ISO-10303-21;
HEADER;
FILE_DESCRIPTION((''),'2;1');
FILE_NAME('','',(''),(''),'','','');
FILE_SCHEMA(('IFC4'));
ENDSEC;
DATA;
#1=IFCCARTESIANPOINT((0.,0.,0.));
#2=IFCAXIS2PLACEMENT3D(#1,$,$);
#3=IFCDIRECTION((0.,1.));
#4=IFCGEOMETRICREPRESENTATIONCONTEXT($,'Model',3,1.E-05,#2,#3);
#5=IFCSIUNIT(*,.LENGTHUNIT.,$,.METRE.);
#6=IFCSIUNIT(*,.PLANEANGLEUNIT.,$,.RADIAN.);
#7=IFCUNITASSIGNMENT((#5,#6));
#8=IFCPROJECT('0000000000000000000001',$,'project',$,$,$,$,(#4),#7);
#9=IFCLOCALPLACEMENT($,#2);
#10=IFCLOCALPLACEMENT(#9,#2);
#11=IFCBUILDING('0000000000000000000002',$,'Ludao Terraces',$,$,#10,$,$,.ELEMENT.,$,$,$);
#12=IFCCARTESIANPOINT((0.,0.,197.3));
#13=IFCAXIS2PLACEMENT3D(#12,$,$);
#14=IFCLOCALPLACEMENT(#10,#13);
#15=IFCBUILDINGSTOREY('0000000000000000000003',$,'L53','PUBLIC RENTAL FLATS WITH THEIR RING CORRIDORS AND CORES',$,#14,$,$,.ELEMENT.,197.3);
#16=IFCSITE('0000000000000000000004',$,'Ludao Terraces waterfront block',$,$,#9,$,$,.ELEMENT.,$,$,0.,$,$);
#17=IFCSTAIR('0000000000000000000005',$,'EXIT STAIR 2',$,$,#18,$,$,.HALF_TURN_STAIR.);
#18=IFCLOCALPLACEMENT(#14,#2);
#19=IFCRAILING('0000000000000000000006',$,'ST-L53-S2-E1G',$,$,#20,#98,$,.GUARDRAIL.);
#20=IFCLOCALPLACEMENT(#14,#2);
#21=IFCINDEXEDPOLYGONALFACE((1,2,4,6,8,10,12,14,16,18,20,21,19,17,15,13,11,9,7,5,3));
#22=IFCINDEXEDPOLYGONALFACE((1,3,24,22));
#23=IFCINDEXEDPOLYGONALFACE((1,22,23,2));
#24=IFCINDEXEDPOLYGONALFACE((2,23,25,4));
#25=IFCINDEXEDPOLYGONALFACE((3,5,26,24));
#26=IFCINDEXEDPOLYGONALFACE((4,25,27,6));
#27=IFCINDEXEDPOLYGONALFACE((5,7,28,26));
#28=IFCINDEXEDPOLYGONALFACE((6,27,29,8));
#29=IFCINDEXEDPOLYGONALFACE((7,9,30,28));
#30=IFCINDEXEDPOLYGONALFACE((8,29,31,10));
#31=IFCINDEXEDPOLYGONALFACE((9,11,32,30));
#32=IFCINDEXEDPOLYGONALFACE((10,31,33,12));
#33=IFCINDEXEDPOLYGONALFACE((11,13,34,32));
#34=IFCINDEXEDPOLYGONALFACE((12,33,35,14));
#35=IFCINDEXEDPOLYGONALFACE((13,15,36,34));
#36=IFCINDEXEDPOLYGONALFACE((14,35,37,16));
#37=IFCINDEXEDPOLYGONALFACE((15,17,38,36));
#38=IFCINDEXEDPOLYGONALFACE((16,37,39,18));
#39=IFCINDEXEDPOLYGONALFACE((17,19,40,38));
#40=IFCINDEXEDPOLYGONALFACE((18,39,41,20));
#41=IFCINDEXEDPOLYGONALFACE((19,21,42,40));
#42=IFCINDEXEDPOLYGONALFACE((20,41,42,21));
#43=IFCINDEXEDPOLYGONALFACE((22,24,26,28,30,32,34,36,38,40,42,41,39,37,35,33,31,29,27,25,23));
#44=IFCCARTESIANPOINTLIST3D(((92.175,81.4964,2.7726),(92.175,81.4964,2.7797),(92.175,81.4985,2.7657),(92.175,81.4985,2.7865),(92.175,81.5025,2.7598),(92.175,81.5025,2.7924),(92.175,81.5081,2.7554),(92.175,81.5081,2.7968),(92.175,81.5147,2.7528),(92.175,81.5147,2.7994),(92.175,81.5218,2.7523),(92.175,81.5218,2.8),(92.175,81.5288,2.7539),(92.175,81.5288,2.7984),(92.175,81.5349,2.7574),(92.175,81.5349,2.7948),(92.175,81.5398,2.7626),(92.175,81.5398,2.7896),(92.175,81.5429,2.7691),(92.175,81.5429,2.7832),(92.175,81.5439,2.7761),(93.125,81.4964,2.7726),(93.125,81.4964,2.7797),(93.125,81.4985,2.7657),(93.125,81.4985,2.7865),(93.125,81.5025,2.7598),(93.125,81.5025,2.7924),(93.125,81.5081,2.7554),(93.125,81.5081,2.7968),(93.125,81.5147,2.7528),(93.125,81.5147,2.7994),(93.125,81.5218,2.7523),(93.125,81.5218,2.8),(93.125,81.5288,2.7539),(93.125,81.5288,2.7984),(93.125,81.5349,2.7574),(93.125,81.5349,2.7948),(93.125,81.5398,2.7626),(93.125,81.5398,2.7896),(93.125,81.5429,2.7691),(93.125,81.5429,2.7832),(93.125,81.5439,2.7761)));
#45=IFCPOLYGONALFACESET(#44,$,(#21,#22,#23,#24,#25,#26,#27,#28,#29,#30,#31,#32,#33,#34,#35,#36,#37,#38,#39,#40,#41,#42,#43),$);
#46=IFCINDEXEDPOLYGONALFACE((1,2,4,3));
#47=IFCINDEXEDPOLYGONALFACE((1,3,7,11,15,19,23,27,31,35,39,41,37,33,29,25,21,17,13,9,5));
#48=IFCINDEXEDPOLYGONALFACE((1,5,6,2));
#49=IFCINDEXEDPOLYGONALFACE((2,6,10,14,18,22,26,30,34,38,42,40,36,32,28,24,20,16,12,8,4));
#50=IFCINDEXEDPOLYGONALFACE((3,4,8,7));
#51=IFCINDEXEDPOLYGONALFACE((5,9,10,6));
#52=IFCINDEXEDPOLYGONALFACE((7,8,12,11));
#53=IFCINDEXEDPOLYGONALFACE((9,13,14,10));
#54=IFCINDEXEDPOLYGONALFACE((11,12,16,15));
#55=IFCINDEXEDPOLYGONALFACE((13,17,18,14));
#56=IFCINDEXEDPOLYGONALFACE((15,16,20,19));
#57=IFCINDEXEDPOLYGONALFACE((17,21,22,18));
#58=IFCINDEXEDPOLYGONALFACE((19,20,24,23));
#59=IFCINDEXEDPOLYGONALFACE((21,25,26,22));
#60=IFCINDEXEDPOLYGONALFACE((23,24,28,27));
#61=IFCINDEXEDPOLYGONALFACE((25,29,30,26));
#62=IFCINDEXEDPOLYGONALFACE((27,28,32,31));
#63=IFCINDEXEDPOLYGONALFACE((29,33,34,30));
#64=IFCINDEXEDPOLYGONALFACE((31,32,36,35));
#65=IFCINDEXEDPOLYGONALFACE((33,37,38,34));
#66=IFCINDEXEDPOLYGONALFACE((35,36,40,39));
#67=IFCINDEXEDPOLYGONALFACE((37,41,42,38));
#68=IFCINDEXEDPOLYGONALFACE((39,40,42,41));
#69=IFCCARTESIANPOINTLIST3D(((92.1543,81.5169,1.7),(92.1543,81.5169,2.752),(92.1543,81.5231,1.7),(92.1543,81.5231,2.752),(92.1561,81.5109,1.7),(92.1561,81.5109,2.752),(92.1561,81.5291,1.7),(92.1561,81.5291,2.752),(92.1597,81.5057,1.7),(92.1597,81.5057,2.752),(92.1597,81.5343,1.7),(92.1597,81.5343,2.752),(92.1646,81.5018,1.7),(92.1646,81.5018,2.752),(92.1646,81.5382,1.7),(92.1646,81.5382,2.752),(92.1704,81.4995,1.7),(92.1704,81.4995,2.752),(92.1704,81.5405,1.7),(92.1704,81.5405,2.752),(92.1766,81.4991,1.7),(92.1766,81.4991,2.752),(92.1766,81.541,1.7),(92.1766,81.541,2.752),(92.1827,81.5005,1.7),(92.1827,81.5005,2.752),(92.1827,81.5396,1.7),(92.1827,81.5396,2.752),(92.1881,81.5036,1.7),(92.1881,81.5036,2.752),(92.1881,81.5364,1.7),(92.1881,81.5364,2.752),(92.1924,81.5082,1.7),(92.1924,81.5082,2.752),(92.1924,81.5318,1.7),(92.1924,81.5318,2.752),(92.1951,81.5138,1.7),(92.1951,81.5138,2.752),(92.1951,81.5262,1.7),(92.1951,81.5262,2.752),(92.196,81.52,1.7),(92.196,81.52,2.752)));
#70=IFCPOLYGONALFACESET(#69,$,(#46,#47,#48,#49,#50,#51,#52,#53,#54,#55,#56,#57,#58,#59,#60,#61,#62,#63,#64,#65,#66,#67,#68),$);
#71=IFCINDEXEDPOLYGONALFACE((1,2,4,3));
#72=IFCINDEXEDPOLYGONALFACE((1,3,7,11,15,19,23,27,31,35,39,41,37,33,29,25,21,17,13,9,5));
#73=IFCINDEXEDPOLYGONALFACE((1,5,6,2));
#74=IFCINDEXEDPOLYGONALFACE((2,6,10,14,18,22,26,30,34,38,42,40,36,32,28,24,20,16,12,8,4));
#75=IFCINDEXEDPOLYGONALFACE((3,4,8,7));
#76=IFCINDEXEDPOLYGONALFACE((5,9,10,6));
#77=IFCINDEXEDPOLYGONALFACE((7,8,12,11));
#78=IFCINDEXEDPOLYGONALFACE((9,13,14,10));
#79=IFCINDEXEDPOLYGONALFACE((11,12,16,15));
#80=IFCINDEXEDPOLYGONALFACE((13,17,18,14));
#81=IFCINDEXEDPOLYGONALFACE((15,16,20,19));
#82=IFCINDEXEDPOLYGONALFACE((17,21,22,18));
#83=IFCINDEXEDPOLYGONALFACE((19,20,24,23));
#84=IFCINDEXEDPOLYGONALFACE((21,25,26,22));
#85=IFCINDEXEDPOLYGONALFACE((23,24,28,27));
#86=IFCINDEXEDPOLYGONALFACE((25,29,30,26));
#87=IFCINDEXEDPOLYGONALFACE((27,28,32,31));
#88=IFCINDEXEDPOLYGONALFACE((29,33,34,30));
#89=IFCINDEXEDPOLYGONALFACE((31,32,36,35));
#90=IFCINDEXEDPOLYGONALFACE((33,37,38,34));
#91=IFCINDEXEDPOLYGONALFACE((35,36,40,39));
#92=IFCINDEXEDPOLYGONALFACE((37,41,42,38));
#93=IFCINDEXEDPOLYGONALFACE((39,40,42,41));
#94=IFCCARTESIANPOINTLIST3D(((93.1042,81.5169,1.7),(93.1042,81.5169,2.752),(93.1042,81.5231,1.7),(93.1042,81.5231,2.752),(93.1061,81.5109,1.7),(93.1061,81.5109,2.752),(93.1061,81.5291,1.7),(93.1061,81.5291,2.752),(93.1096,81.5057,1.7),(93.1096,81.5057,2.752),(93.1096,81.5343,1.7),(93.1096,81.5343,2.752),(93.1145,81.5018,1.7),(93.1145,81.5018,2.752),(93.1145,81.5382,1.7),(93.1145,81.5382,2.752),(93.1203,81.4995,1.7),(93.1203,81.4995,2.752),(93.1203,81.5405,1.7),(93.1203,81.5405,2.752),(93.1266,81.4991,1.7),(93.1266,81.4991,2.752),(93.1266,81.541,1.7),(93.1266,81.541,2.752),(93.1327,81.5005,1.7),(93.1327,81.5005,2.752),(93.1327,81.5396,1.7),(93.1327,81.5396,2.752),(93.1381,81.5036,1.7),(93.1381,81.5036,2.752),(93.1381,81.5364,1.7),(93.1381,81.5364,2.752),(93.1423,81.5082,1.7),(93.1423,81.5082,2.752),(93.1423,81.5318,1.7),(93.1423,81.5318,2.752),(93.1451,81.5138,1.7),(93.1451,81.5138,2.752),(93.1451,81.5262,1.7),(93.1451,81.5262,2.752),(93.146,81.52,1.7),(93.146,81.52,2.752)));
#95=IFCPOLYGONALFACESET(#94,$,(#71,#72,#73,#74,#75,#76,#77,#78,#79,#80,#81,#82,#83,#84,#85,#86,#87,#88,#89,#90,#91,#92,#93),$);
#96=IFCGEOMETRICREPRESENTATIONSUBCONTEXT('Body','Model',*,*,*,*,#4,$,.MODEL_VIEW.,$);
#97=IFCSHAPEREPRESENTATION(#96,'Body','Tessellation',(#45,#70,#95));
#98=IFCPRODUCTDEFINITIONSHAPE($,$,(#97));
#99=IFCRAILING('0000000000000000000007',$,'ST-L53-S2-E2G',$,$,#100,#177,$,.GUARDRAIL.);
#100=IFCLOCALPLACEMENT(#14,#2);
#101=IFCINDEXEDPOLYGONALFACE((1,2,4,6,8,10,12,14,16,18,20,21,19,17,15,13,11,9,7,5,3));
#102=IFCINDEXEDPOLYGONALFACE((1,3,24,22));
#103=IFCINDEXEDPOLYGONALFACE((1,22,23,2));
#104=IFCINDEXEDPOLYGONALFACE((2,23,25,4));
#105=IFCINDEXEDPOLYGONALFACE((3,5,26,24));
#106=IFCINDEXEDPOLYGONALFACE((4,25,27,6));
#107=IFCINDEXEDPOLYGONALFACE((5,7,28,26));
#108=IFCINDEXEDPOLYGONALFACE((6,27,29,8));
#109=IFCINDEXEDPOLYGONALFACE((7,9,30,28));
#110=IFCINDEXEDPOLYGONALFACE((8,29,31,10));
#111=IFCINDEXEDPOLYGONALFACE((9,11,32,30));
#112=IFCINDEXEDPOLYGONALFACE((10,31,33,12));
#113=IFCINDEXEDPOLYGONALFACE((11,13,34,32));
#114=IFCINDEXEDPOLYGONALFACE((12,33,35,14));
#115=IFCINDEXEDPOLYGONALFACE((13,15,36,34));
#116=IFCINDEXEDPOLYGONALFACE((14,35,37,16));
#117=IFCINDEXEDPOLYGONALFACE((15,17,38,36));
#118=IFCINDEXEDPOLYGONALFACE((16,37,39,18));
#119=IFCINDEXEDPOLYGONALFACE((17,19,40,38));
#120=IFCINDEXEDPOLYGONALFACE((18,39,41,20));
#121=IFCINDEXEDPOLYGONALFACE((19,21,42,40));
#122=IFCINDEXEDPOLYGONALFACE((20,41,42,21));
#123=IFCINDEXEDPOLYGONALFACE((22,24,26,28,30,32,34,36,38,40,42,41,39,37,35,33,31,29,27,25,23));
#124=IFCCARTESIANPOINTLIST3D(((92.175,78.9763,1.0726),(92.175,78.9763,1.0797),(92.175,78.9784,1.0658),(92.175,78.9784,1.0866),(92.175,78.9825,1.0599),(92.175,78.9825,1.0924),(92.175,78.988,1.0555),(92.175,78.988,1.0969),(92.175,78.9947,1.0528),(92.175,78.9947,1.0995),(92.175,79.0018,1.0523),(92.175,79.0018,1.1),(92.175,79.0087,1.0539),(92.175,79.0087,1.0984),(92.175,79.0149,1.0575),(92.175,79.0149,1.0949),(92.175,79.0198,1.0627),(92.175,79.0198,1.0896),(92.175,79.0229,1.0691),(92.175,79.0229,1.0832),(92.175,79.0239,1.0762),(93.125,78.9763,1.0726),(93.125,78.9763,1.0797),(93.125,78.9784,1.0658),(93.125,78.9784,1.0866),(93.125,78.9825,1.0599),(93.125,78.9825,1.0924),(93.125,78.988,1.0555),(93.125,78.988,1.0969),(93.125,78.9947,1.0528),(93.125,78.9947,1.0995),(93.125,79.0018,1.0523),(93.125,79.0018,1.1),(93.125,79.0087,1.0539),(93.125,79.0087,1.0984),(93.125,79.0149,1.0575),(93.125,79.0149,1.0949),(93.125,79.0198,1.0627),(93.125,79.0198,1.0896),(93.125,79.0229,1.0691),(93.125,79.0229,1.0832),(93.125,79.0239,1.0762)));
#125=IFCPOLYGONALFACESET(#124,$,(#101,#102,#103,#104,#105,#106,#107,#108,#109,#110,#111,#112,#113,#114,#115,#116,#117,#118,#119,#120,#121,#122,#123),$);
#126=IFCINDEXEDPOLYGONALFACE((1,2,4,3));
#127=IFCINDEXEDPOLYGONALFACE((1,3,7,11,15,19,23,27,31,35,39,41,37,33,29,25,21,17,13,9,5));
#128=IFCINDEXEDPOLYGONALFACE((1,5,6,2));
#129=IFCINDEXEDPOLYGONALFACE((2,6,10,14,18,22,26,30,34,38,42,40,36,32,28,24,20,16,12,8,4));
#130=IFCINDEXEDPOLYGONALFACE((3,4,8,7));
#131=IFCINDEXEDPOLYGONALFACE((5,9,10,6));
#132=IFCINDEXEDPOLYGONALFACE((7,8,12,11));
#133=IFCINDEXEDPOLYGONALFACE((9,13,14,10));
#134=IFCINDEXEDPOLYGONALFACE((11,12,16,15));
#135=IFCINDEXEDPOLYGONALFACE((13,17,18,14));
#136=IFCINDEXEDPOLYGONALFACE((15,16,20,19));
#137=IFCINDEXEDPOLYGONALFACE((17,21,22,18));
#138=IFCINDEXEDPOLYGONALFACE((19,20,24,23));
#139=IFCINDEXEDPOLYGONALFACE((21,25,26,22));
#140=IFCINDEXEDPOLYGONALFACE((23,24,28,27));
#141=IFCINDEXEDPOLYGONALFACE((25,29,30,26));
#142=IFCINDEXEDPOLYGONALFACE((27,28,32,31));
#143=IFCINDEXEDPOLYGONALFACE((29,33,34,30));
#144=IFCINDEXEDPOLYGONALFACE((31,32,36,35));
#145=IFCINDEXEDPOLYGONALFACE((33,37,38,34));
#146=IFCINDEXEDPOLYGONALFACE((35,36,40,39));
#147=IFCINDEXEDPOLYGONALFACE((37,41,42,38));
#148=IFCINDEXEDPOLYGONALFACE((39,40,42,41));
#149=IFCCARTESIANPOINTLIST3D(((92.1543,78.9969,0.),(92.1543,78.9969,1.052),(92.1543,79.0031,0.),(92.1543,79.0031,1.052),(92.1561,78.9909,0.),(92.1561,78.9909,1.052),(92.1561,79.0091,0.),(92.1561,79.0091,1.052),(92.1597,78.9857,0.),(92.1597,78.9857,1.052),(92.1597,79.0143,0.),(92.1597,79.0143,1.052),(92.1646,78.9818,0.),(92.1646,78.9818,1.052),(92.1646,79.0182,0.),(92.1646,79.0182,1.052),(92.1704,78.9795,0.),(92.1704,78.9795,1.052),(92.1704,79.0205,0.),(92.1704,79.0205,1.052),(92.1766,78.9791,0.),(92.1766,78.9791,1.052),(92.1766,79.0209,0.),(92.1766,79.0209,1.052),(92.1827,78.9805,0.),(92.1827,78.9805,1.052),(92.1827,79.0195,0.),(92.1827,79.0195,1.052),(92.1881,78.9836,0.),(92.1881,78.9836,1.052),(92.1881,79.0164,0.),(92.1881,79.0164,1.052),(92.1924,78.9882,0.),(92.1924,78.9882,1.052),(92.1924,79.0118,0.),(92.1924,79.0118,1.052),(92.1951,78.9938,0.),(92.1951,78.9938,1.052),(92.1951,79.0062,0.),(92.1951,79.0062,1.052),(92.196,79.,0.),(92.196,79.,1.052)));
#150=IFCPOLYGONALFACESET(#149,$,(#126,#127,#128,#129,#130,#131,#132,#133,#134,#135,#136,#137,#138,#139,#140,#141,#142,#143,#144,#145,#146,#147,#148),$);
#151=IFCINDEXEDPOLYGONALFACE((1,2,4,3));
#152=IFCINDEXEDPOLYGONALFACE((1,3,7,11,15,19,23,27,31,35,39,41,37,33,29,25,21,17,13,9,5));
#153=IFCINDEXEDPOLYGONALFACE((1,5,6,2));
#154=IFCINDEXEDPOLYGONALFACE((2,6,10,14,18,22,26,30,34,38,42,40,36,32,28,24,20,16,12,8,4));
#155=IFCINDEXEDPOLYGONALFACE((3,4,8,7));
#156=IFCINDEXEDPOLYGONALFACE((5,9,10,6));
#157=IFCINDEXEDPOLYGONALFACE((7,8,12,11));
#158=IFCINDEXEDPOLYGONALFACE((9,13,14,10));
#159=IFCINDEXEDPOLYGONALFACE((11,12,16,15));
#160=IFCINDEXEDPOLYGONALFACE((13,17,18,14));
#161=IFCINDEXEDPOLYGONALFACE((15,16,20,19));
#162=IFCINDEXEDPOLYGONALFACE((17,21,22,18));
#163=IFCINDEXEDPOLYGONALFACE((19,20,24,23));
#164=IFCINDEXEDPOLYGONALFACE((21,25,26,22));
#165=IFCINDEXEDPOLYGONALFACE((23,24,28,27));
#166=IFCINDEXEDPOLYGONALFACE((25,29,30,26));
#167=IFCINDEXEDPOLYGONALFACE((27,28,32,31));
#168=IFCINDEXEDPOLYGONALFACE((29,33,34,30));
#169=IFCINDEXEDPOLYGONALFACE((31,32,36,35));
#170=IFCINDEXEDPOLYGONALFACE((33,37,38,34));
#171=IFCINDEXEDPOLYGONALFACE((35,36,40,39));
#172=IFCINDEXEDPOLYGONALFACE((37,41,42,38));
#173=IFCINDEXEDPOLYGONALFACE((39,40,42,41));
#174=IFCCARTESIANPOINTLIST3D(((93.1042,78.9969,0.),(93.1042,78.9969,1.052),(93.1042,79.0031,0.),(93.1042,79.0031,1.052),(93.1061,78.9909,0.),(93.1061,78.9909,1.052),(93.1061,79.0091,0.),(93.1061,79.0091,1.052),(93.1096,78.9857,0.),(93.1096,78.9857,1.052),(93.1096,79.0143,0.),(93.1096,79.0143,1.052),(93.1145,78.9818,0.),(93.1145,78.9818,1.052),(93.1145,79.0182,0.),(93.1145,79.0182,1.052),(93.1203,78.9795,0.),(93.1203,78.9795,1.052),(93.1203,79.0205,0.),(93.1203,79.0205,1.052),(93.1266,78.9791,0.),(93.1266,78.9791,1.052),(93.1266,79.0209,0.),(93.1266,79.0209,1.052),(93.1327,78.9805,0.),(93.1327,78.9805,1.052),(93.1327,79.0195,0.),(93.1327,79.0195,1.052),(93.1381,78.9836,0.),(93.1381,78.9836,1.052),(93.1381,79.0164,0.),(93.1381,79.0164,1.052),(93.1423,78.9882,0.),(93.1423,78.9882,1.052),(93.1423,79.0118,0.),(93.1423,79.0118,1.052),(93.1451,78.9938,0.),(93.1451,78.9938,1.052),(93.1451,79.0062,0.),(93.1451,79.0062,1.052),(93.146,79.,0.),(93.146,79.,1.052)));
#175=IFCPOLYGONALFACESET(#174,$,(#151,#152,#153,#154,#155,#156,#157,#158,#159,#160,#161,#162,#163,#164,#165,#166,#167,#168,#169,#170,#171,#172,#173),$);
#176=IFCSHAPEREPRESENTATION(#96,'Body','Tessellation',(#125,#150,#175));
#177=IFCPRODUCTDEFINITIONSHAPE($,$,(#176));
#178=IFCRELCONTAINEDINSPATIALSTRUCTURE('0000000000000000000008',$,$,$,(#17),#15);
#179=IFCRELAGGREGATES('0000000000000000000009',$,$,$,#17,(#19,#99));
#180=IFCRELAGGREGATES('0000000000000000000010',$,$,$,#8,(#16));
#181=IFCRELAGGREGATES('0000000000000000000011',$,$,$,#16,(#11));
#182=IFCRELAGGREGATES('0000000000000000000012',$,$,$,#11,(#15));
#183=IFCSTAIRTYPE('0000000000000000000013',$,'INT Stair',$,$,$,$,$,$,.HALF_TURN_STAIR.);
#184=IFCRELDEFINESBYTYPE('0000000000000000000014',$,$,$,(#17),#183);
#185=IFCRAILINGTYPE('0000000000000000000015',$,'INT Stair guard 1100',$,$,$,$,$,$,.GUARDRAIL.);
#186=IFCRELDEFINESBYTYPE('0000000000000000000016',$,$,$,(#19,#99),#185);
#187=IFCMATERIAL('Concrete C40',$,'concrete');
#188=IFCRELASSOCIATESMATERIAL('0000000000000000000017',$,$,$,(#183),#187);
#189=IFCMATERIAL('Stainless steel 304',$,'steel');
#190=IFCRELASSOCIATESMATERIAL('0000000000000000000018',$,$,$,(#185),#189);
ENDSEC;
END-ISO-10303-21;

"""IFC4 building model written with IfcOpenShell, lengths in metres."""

from ifc_helpers import new_model, si_unit, direction, frame, origin, origin_2d, place, context, subcontext, project, spatial, circle, extrude, material, type_object, element, aggregate, save


model = new_model("IFC4")

# Units and contexts
model_context = context("Model", 3, precision=1e-05, world=origin(), true_north=direction((0.0, 1.0)))
body_context = subcontext(model_context, "Body", "Model", "MODEL_VIEW")
ifc_project = project(units=[si_unit("LENGTHUNIT", "METRE"), si_unit("PLANEANGLEUNIT", "RADIAN")], contexts=[model_context])

# Site, building, storey
site_placement = place(None, origin())
site = spatial("IfcSite", under=ifc_project, at=site_placement, Name="Ludao Terraces waterfront block", CompositionType="ELEMENT", RefElevation=0.0)
building_placement = place(site_placement, origin())
building = spatial("IfcBuilding", under=site, at=building_placement, Name="Ludao Terraces", CompositionType="ELEMENT")
storey_placement = place(building_placement, frame((0.0, 0.0, 197.3)))
storey = spatial("IfcBuildingStorey", under=building, at=storey_placement, Name="L53", Description="PUBLIC RENTAL FLATS WITH THEIR RING CORRIDORS AND CORES", CompositionType="ELEMENT", Elevation=197.3)

# Shared definitions
ifc_material_1 = material(Name="Stainless steel 304", Category="steel")

# Stair, railings
ifc_material_2 = material(Name="Concrete C40", Category="concrete")
stair_type = type_object("IfcStairType", Name="INT Stair", PredefinedType="HALF_TURN_STAIR", material=ifc_material_2)
stair_placement = place(storey_placement, origin())
stair = element("IfcStair", 1, at=stair_placement, inside=storey, type_object=stair_type, Name="EXIT STAIR 2", PredefinedType="HALF_TURN_STAIR")
railing_type_1 = type_object("IfcRailingType", Name="INT Stair guard 1100", PredefinedType="GUARDRAIL", material=ifc_material_1)
railing_1_placement = place(storey_placement, frame((92.175, 81.52, 1.7)))
railing_1 = element("IfcRailing", 2, at=railing_1_placement, type_object=railing_type_1, Name="ST-L53-S2-E1G", PredefinedType="GUARDRAIL", context=body_context, shape_type="SweptSolid", body=[
    extrude(circle(Radius=0.0239, at=origin_2d()), frame((0.0, 0.0, 1.0762), z_axis=(1.0, 0.0, 0.0), x_axis=(0.0, 1.0, 0.0)), (0.0, 0.0, 1.0), 0.95),
    extrude(circle(Radius=0.021, at=origin_2d()), origin(), (0.0, 0.0, 1.0), 1.052),
    extrude(circle(Radius=0.021, at=origin_2d()), frame((0.95, 0.0, 0.0)), (0.0, 0.0, 1.0), 1.052),
])
railing_2_placement = place(storey_placement, frame((92.175, 79.0, 0.0)))
railing_2 = element("IfcRailing", 3, at=railing_2_placement, type_object=railing_type_1, Name="ST-L53-S2-E2G", PredefinedType="GUARDRAIL", context=body_context, shape_type="SweptSolid", body=[
    extrude(circle(Radius=0.0239, at=origin_2d()), frame((0.0, 0.0, 1.0762), z_axis=(1.0, 0.0, 0.0), x_axis=(0.0, 1.0, 0.0)), (0.0, 0.0, 1.0), 0.95),
    extrude(circle(Radius=0.021, at=origin_2d()), origin(), (0.0, 0.0, 1.0), 1.052),
    extrude(circle(Radius=0.021, at=origin_2d()), frame((0.95, 0.0, 0.0)), (0.0, 0.0, 1.0), 1.052),
])
aggregate(stair, [railing_1, railing_2])

save(model, "model.ifc")
